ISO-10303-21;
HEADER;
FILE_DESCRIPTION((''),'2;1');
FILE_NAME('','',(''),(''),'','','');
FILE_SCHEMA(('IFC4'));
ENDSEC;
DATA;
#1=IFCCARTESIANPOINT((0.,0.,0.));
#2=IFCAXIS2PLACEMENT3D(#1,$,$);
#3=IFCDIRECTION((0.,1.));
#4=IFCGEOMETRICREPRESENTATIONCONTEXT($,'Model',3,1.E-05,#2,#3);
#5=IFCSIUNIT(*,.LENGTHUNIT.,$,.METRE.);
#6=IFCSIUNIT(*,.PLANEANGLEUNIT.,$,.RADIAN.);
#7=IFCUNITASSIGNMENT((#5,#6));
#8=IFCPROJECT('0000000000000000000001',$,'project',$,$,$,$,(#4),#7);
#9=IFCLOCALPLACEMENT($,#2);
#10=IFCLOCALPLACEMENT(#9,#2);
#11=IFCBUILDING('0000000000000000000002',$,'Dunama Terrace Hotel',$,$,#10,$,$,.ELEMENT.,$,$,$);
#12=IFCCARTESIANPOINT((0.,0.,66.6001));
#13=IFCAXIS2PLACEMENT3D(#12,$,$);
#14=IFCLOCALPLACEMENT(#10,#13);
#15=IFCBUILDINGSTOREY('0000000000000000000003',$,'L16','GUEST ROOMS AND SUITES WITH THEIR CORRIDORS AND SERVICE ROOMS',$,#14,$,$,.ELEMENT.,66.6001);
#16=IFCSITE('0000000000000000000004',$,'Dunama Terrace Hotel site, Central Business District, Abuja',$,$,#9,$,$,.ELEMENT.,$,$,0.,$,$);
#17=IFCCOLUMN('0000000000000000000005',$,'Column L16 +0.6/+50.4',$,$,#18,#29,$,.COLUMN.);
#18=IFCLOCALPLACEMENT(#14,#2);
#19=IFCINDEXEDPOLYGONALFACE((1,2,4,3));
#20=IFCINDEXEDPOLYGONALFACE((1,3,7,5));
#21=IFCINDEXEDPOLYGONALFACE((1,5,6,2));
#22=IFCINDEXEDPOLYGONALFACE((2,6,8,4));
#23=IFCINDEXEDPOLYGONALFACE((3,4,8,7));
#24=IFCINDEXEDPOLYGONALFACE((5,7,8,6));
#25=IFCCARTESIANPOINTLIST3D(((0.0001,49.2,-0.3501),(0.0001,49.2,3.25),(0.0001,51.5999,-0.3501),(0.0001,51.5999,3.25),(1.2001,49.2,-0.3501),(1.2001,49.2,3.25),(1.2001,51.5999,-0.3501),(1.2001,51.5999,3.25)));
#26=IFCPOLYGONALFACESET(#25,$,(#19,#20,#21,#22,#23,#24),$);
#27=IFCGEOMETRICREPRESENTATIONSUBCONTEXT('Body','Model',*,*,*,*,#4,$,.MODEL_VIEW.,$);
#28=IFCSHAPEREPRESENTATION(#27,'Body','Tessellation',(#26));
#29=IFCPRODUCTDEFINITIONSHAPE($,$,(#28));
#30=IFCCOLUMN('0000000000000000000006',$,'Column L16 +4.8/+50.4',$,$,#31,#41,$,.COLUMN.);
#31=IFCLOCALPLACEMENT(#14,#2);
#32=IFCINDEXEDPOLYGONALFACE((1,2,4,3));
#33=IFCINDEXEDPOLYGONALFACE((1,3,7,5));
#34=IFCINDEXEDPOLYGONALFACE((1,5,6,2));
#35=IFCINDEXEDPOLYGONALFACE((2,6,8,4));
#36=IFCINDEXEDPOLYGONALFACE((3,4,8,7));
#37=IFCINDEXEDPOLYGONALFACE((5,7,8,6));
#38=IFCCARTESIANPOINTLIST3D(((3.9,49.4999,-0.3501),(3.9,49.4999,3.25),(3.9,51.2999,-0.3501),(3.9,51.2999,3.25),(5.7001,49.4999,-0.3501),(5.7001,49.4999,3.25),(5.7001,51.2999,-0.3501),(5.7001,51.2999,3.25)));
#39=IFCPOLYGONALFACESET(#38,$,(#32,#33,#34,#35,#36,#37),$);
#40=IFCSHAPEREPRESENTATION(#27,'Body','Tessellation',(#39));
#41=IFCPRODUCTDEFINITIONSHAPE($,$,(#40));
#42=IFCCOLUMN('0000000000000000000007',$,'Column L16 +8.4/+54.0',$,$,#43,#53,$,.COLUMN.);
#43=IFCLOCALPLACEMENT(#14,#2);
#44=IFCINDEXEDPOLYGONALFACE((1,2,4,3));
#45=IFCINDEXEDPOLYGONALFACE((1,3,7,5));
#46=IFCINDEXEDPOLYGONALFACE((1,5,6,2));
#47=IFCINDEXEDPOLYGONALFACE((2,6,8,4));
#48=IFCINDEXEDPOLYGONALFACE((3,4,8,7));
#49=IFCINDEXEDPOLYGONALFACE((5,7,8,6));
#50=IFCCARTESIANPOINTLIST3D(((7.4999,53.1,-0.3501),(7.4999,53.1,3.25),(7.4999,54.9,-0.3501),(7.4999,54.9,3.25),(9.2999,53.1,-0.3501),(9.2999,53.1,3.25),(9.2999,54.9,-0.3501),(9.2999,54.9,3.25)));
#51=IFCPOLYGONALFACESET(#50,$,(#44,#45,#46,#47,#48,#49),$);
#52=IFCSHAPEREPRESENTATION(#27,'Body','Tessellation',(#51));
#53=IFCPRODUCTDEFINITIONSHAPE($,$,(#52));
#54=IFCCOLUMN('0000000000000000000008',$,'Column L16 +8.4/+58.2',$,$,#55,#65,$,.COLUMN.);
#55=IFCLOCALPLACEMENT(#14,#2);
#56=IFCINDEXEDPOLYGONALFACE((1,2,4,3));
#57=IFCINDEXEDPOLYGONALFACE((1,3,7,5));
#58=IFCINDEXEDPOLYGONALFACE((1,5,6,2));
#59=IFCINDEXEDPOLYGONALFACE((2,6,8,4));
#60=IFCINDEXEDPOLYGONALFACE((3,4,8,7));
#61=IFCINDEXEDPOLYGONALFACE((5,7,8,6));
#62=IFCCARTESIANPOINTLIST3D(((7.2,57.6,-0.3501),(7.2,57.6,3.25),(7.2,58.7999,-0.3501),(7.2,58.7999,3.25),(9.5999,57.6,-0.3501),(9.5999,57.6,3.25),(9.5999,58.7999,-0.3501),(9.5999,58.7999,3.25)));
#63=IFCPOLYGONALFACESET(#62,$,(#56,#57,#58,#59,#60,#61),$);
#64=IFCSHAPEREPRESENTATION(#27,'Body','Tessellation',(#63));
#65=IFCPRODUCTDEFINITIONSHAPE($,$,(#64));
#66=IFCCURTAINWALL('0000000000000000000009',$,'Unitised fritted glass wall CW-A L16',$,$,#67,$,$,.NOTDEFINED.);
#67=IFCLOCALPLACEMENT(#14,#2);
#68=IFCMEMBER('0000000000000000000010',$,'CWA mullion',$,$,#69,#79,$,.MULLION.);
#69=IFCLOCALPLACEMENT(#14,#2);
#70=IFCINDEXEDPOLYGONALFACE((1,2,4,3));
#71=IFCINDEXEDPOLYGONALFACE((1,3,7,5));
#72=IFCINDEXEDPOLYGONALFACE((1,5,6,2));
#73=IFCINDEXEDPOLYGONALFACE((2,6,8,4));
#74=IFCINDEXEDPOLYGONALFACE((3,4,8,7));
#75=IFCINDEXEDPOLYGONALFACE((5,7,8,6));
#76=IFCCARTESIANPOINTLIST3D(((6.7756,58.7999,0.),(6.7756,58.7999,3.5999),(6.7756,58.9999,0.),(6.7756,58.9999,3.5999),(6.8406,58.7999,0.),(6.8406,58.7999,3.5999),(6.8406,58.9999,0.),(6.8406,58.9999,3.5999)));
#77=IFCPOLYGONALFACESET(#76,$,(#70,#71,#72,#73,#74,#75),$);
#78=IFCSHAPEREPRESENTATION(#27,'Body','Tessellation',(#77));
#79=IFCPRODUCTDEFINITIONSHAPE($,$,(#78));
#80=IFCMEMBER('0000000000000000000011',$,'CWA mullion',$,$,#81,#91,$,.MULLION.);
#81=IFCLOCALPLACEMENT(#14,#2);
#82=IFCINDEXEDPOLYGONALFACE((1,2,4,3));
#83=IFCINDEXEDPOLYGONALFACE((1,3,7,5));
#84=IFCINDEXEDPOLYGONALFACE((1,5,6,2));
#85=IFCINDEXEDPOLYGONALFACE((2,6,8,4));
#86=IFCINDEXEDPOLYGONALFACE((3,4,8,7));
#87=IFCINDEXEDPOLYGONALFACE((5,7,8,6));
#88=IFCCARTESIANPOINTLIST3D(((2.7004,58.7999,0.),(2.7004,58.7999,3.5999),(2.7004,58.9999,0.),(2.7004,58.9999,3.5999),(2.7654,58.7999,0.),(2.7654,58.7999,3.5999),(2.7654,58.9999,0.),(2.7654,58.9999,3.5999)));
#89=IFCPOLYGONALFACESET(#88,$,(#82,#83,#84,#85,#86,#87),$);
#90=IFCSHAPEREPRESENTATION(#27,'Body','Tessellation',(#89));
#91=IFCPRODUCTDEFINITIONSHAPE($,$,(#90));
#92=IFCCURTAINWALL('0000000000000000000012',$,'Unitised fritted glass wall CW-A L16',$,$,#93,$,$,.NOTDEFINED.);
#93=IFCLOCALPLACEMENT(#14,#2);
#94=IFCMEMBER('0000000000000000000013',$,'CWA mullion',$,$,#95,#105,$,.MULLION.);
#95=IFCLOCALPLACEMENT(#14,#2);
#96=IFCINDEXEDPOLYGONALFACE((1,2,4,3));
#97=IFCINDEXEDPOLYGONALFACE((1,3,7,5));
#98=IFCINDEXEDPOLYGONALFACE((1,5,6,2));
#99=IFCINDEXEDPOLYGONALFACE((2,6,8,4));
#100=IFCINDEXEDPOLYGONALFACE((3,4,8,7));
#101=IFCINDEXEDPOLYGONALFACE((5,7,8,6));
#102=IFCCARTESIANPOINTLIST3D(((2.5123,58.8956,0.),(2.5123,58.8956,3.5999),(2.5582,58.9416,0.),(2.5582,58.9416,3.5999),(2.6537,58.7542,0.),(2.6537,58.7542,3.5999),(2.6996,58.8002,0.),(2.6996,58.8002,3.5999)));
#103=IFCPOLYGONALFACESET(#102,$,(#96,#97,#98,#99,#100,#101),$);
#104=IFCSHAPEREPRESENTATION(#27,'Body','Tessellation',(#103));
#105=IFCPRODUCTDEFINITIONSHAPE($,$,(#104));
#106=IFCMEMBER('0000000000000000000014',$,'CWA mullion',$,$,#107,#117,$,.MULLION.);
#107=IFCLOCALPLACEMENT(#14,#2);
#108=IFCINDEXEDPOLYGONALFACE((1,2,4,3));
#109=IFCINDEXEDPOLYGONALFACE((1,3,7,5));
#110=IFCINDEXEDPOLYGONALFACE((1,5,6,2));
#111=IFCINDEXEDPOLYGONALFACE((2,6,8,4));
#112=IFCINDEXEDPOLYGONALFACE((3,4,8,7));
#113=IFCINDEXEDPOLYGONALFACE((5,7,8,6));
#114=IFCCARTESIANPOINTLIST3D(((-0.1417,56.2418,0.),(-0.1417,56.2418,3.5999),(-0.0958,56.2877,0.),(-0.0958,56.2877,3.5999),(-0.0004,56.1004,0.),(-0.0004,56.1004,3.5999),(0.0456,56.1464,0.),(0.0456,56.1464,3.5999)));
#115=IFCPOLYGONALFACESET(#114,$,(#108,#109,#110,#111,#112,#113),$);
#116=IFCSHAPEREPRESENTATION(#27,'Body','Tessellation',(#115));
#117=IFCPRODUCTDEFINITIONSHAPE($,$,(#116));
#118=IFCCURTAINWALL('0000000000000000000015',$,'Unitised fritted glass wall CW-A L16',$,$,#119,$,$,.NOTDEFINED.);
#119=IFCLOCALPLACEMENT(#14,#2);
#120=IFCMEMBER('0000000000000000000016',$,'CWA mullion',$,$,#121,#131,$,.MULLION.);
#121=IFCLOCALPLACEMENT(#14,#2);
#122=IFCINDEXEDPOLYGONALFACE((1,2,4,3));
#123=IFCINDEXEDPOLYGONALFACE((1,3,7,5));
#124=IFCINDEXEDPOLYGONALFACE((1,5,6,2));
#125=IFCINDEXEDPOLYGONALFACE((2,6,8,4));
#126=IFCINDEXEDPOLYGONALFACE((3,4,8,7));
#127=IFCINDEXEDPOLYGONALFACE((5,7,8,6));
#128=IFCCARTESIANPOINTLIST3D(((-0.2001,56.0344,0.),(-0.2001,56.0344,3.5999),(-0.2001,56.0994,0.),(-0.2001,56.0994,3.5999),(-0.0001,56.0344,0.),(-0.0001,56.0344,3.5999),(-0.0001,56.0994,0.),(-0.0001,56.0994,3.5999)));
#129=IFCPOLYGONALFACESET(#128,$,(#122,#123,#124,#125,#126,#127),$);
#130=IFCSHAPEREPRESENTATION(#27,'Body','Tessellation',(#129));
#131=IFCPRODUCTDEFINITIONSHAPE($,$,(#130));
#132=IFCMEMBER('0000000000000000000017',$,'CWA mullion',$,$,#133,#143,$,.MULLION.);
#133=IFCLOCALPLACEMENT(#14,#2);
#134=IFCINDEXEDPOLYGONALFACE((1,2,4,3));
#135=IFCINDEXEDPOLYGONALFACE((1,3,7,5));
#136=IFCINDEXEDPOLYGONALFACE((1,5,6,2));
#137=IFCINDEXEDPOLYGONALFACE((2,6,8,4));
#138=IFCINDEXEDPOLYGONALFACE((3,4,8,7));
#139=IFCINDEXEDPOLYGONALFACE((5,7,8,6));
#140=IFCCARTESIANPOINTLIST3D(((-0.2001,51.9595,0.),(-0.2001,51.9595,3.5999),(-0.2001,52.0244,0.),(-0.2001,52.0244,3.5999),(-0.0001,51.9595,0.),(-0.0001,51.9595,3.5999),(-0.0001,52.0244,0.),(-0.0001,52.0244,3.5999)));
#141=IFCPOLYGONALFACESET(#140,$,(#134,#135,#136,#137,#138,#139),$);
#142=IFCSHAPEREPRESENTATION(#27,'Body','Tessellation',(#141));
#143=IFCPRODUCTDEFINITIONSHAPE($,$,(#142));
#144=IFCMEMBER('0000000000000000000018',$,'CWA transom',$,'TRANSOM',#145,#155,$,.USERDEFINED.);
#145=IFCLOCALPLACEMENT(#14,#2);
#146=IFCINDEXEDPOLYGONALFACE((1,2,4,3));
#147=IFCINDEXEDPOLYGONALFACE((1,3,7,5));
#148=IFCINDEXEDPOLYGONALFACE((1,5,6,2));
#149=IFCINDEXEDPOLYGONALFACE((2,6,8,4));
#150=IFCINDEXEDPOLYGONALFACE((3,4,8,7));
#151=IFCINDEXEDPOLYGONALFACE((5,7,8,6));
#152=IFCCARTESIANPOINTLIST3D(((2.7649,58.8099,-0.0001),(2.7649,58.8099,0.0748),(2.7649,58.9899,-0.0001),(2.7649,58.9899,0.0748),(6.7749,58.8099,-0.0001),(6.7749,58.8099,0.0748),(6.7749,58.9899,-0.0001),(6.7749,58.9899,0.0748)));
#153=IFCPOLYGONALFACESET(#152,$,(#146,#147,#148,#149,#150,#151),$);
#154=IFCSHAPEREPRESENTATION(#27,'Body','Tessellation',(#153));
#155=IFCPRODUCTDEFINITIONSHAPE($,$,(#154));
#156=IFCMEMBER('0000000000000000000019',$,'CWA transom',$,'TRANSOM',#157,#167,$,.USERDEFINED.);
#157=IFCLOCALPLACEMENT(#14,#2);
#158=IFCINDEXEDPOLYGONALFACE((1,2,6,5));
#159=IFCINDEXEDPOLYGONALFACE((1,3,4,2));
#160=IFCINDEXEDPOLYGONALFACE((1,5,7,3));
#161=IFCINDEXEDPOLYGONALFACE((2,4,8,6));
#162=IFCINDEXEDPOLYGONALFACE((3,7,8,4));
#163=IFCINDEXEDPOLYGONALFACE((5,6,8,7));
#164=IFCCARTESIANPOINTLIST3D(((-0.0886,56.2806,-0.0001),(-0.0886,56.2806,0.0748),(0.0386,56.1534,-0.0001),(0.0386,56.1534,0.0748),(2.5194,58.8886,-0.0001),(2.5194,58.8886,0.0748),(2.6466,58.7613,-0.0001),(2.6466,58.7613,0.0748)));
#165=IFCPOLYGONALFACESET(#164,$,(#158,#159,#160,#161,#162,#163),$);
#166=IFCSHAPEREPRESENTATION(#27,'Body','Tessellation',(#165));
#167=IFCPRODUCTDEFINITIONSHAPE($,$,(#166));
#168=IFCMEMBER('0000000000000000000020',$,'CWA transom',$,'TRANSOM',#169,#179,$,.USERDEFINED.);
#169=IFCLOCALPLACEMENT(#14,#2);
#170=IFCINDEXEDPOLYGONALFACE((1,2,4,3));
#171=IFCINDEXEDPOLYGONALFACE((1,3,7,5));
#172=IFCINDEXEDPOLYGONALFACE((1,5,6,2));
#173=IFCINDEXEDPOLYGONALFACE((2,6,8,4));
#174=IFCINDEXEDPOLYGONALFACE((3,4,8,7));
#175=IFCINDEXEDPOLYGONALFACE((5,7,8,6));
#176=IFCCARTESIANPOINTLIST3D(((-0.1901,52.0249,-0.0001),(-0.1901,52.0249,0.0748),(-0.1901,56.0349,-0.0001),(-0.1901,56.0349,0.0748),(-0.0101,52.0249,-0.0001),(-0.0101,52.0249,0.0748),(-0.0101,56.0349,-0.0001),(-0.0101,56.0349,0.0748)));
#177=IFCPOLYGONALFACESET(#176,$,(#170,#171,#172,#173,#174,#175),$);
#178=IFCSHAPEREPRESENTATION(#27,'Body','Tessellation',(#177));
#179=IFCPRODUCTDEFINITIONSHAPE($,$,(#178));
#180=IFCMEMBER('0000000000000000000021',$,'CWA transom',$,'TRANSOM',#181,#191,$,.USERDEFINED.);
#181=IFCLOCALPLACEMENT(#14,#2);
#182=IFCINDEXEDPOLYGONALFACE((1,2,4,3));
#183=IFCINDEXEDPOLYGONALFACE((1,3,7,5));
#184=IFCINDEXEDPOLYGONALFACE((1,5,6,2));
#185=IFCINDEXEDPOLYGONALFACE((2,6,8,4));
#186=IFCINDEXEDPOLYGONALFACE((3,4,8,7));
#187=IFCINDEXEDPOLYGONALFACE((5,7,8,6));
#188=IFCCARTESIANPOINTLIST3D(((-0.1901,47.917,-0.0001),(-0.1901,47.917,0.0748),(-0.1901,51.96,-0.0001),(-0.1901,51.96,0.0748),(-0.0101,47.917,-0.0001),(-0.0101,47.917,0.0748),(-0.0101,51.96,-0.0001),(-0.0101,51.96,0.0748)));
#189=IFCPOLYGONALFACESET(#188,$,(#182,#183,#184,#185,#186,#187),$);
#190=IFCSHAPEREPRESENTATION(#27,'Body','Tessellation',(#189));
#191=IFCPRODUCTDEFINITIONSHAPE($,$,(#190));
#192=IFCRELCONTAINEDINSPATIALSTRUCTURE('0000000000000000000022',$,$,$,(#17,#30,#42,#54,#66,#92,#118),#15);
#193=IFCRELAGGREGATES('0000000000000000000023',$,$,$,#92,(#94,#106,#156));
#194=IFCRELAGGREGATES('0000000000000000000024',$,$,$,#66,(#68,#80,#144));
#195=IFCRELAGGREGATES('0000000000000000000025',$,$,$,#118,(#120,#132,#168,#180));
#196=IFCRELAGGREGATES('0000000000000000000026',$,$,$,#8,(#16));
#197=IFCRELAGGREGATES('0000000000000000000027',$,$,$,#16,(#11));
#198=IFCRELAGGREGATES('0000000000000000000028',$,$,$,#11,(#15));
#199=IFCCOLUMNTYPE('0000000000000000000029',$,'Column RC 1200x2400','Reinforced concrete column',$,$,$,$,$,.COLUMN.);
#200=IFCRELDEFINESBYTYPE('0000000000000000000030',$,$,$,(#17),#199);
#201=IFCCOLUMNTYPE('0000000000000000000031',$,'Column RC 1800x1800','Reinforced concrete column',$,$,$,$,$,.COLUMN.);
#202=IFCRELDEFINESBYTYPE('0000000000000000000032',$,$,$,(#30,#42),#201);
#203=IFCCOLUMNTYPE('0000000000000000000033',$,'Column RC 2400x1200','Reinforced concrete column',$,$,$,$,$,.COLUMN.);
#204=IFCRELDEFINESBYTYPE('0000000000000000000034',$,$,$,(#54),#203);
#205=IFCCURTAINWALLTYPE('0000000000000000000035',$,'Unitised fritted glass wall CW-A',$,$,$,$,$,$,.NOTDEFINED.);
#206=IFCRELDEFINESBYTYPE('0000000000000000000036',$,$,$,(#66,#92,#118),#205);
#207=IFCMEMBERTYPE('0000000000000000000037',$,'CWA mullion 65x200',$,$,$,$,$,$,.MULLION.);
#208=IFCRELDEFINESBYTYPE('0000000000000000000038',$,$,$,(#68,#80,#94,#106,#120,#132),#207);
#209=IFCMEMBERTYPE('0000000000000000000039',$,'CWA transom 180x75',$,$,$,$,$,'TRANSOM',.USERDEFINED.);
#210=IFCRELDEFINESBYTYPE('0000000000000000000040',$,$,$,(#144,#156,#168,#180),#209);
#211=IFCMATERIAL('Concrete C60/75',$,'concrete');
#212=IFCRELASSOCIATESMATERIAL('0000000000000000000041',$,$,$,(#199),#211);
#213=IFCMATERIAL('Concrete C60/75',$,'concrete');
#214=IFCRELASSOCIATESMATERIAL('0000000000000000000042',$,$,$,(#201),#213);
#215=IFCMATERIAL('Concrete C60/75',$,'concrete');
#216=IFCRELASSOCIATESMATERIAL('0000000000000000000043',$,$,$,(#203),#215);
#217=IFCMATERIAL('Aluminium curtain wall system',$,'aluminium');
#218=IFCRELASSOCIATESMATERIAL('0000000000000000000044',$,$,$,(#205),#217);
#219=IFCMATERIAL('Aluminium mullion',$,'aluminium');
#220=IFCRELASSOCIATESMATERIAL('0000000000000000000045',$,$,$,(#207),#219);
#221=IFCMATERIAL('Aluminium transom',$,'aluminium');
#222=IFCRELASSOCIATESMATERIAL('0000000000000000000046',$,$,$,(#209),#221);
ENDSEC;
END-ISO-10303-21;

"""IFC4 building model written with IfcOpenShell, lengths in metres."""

from ifc_helpers import new_model, si_unit, direction, frame, origin, origin_2d, place, context, subcontext, project, spatial, rectangle, extrude, material, material_profile, profile_set, type_object, element, aggregate, save


model = new_model("IFC4")

# Units and contexts
model_context = context("Model", 3, precision=1e-05, world=origin(), true_north=direction((0.0, 1.0)))
body_context = subcontext(model_context, "Body", "Model", "MODEL_VIEW")
ifc_project = project(units=[si_unit("LENGTHUNIT", "METRE"), si_unit("PLANEANGLEUNIT", "RADIAN")], contexts=[model_context])

# Site, building, storey
site_placement = place(None, origin())
site = spatial("IfcSite", under=ifc_project, at=site_placement, Name="Dunama Terrace Hotel site, Central Business District, Abuja", CompositionType="ELEMENT", RefElevation=0.0)
building_placement = place(site_placement, origin())
building = spatial("IfcBuilding", under=site, at=building_placement, Name="Dunama Terrace Hotel", CompositionType="ELEMENT")
storey_placement = place(building_placement, frame((0.0, 0.0, 66.6001)))
storey = spatial("IfcBuildingStorey", under=building, at=storey_placement, Name="L16", Description="GUEST ROOMS AND SUITES WITH THEIR CORRIDORS AND SERVICE ROOMS", CompositionType="ELEMENT", Elevation=66.6001)

# Columns
ifc_material_1 = material(Name="Concrete C60/75", Category="concrete")
ifc_material_profile_1 = material_profile(ifc_material_1, rectangle(XDim=1.2, YDim=2.3999, at=origin_2d()), Name="RC 1200x2400")
ifc_profile_set_1 = profile_set([ifc_material_profile_1], Name="Concrete C60/75")
column_type_1 = type_object("IfcColumnType", Name="Column RC 1200x2400", Description="Reinforced concrete column", PredefinedType="COLUMN", material=ifc_profile_set_1)
column_1_placement = place(storey_placement, frame((0.6001, 50.3999, -0.3501), z_axis=(0.0, 0.0, 1.0), x_axis=(1.0, 0.0, 0.0)))
element("IfcColumn", 1, at=column_1_placement, inside=storey, type_object=column_type_1, Name="Column L16 +0.6/+50.4", PredefinedType="COLUMN", context=body_context, shape_type="SweptSolid", body=[
    extrude(rectangle(XDim=1.2, YDim=2.3999, at=origin_2d()), origin(), (0.0, 0.0, 1.0), 3.6001),
])
ifc_material_2 = material(Name="Concrete C60/75", Category="concrete")
ifc_material_profile_2 = material_profile(ifc_material_2, rectangle(XDim=1.8, YDim=1.8, at=origin_2d()), Name="RC 1800x1800")
ifc_profile_set_2 = profile_set([ifc_material_profile_2], Name="Concrete C60/75")
column_type_2 = type_object("IfcColumnType", Name="Column RC 1800x1800", Description="Reinforced concrete column", PredefinedType="COLUMN", material=ifc_profile_set_2)
for number, where, z_axis, x_axis, name in (
    (2, (4.8, 50.3999, -0.3501), (0.0, 0.0, 1.0), (1.0, 0.0, 0.0), "Column L16 +4.8/+50.4"),
    (3, (8.3999, 54.0, -0.3501), (0.0, 0.0, 1.0), (1.0, 0.0, 0.0), "Column L16 +8.4/+54.0"),
):
    element("IfcColumn", number, at=place(storey_placement, frame(where, z_axis=z_axis, x_axis=x_axis)), inside=storey, type_object=column_type_2, Name=name, PredefinedType="COLUMN", context=body_context, shape_type="SweptSolid", body=[
        extrude(rectangle(XDim=1.8, YDim=1.8, at=origin_2d()), origin(), (0.0, 0.0, 1.0), 3.6001),
    ])
ifc_material_3 = material(Name="Concrete C60/75", Category="concrete")
ifc_material_profile_3 = material_profile(ifc_material_3, rectangle(XDim=2.3999, YDim=1.2, at=origin_2d()), Name="RC 2400x1200")
ifc_profile_set_3 = profile_set([ifc_material_profile_3], Name="Concrete C60/75")
column_type_3 = type_object("IfcColumnType", Name="Column RC 2400x1200", Description="Reinforced concrete column", PredefinedType="COLUMN", material=ifc_profile_set_3)
column_2_placement = place(storey_placement, frame((8.3999, 58.2, -0.3501), z_axis=(0.0, 0.0, 1.0), x_axis=(1.0, 0.0, 0.0)))
element("IfcColumn", 4, at=column_2_placement, inside=storey, type_object=column_type_3, Name="Column L16 +8.4/+58.2", PredefinedType="COLUMN", context=body_context, shape_type="SweptSolid", body=[
    extrude(rectangle(XDim=2.3999, YDim=1.2, at=origin_2d()), origin(), (0.0, 0.0, 1.0), 3.6001),
])

# Curtain walls, members
ifc_material_4 = material(Name="Aluminium curtain wall system", Category="aluminium")
curtain_wall_type = type_object("IfcCurtainWallType", Name="Unitised fritted glass wall CW-A", PredefinedType="NOTDEFINED", material=ifc_material_4)
curtain_wall_1_placement = place(storey_placement, origin())
curtain_wall_1 = element("IfcCurtainWall", 5, at=curtain_wall_1_placement, inside=storey, type_object=curtain_wall_type, Name="Unitised fritted glass wall CW-A L16", PredefinedType="NOTDEFINED")
ifc_material_5 = material(Name="Aluminium mullion", Category="aluminium")
ifc_material_profile_4 = material_profile(ifc_material_5, rectangle(XDim=0.0649, YDim=0.2, at=origin_2d()), Name="CWA MULLION 65X200")
ifc_profile_set_4 = profile_set([ifc_material_profile_4], Name="Aluminium mullion")
member_type_1 = type_object("IfcMemberType", Name="CWA mullion 65x200", PredefinedType="MULLION", material=ifc_profile_set_4)
member_1_placement = place(storey_placement, frame((6.8081, 58.8999, 0.0), z_axis=(0.0, 0.0, 1.0), x_axis=(-1.0, 0.0, 0.0)))
member_1 = element("IfcMember", 6, at=member_1_placement, type_object=member_type_1, Name="CWA mullion", PredefinedType="MULLION", context=body_context, shape_type="SweptSolid", body=[
    extrude(rectangle(XDim=0.0649, YDim=0.2, at=origin_2d()), origin(), (0.0, 0.0, 1.0), 3.5999),
])
member_2_placement = place(storey_placement, frame((2.7329, 58.8999, 0.0), z_axis=(0.0, 0.0, 1.0), x_axis=(-1.0, 0.0, 0.0)))
member_2 = element("IfcMember", 7, at=member_2_placement, type_object=member_type_1, Name="CWA mullion", PredefinedType="MULLION", context=body_context, shape_type="SweptSolid", body=[
    extrude(rectangle(XDim=0.0649, YDim=0.2, at=origin_2d()), origin(), (0.0, 0.0, 1.0), 3.5999),
])
curtain_wall_2_placement = place(storey_placement, origin())
curtain_wall_2 = element("IfcCurtainWall", 8, at=curtain_wall_2_placement, inside=storey, type_object=curtain_wall_type, Name="Unitised fritted glass wall CW-A L16", PredefinedType="NOTDEFINED")
member_3_placement = place(storey_placement, frame((2.606, 58.8479, 0.0), z_axis=(0.0, 0.0, 1.0), x_axis=(-0.707107, -0.707107, 0.0)))
member_3 = element("IfcMember", 9, at=member_3_placement, type_object=member_type_1, Name="CWA mullion", PredefinedType="MULLION", context=body_context, shape_type="SweptSolid", body=[
    extrude(rectangle(XDim=0.0649, YDim=0.2, at=origin_2d()), origin(), (0.0, 0.0, 1.0), 3.5999),
])
member_4_placement = place(storey_placement, frame((-0.0481, 56.1941, 0.0), z_axis=(0.0, 0.0, 1.0), x_axis=(-0.707107, -0.707107, 0.0)))
member_4 = element("IfcMember", 10, at=member_4_placement, type_object=member_type_1, Name="CWA mullion", PredefinedType="MULLION", context=body_context, shape_type="SweptSolid", body=[
    extrude(rectangle(XDim=0.0649, YDim=0.2, at=origin_2d()), origin(), (0.0, 0.0, 1.0), 3.5999),
])
curtain_wall_3_placement = place(storey_placement, origin())
curtain_wall_3 = element("IfcCurtainWall", 11, at=curtain_wall_3_placement, inside=storey, type_object=curtain_wall_type, Name="Unitised fritted glass wall CW-A L16", PredefinedType="NOTDEFINED")
member_5_placement = place(storey_placement, frame((-0.1001, 56.0669, 0.0), z_axis=(0.0, 0.0, 1.0), x_axis=(0.0, -1.0, 0.0)))
member_5 = element("IfcMember", 12, at=member_5_placement, type_object=member_type_1, Name="CWA mullion", PredefinedType="MULLION", context=body_context, shape_type="SweptSolid", body=[
    extrude(rectangle(XDim=0.0649, YDim=0.2, at=origin_2d()), origin(), (0.0, 0.0, 1.0), 3.5999),
])
member_6_placement = place(storey_placement, frame((-0.1001, 51.9919, 0.0), z_axis=(0.0, 0.0, 1.0), x_axis=(0.0, -1.0, 0.0)))
member_6 = element("IfcMember", 13, at=member_6_placement, type_object=member_type_1, Name="CWA mullion", PredefinedType="MULLION", context=body_context, shape_type="SweptSolid", body=[
    extrude(rectangle(XDim=0.0649, YDim=0.2, at=origin_2d()), origin(), (0.0, 0.0, 1.0), 3.5999),
])

# Members
ifc_material_6 = material(Name="Aluminium transom", Category="aluminium")
ifc_material_profile_5 = material_profile(ifc_material_6, rectangle(XDim=0.1799, YDim=0.075, at=origin_2d()), Name="CWA TRANSOM 180X75")
ifc_profile_set_5 = profile_set([ifc_material_profile_5], Name="Aluminium transom")
member_type_2 = type_object("IfcMemberType", Name="CWA transom 180x75", ElementType="TRANSOM", PredefinedType="USERDEFINED", material=ifc_profile_set_5)
member_7_placement = place(storey_placement, frame((6.7749, 58.8999, 0.0374), z_axis=(-1.0, 0.0, 0.0), x_axis=(0.0, -1.0, 0.0)))
member_7 = element("IfcMember", 14, at=member_7_placement, type_object=member_type_2, Name="CWA transom", ObjectType="TRANSOM", PredefinedType="USERDEFINED", context=body_context, shape_type="SweptSolid", body=[
    extrude(rectangle(XDim=0.1799, YDim=0.075, at=origin_2d()), origin(), (0.0, 0.0, 1.0), 4.01),
])
member_8_placement = place(storey_placement, frame((2.583, 58.825, 0.0374), z_axis=(-0.707107, -0.707107, 0.0), x_axis=(0.707107, -0.707107, 0.0)))
member_8 = element("IfcMember", 15, at=member_8_placement, type_object=member_type_2, Name="CWA transom", ObjectType="TRANSOM", PredefinedType="USERDEFINED", context=body_context, shape_type="SweptSolid", body=[
    extrude(rectangle(XDim=0.1799, YDim=0.075, at=origin_2d()), origin(), (0.0, 0.0, 1.0), 3.6882),
])
member_9_placement = place(storey_placement, frame((-0.1001, 56.0349, 0.0374), z_axis=(0.0, -1.0, 0.0), x_axis=(1.0, 0.0, 0.0)))
member_9 = element("IfcMember", 16, at=member_9_placement, type_object=member_type_2, Name="CWA transom", ObjectType="TRANSOM", PredefinedType="USERDEFINED", context=body_context, shape_type="SweptSolid", body=[
    extrude(rectangle(XDim=0.1799, YDim=0.075, at=origin_2d()), origin(), (0.0, 0.0, 1.0), 4.01),
])
member_10_placement = place(storey_placement, frame((-0.1001, 51.96, 0.0374), z_axis=(0.0, -1.0, 0.0), x_axis=(1.0, 0.0, 0.0)))
member_10 = element("IfcMember", 17, at=member_10_placement, type_object=member_type_2, Name="CWA transom", ObjectType="TRANSOM", PredefinedType="USERDEFINED", context=body_context, shape_type="SweptSolid", body=[
    extrude(rectangle(XDim=0.1799, YDim=0.075, at=origin_2d()), origin(), (0.0, 0.0, 1.0), 4.043),
])

aggregate(curtain_wall_2, [member_3, member_4, member_8])
aggregate(curtain_wall_1, [member_1, member_2, member_7])
aggregate(curtain_wall_3, [member_5, member_6, member_9, member_10])

save(model, "model.ifc")
